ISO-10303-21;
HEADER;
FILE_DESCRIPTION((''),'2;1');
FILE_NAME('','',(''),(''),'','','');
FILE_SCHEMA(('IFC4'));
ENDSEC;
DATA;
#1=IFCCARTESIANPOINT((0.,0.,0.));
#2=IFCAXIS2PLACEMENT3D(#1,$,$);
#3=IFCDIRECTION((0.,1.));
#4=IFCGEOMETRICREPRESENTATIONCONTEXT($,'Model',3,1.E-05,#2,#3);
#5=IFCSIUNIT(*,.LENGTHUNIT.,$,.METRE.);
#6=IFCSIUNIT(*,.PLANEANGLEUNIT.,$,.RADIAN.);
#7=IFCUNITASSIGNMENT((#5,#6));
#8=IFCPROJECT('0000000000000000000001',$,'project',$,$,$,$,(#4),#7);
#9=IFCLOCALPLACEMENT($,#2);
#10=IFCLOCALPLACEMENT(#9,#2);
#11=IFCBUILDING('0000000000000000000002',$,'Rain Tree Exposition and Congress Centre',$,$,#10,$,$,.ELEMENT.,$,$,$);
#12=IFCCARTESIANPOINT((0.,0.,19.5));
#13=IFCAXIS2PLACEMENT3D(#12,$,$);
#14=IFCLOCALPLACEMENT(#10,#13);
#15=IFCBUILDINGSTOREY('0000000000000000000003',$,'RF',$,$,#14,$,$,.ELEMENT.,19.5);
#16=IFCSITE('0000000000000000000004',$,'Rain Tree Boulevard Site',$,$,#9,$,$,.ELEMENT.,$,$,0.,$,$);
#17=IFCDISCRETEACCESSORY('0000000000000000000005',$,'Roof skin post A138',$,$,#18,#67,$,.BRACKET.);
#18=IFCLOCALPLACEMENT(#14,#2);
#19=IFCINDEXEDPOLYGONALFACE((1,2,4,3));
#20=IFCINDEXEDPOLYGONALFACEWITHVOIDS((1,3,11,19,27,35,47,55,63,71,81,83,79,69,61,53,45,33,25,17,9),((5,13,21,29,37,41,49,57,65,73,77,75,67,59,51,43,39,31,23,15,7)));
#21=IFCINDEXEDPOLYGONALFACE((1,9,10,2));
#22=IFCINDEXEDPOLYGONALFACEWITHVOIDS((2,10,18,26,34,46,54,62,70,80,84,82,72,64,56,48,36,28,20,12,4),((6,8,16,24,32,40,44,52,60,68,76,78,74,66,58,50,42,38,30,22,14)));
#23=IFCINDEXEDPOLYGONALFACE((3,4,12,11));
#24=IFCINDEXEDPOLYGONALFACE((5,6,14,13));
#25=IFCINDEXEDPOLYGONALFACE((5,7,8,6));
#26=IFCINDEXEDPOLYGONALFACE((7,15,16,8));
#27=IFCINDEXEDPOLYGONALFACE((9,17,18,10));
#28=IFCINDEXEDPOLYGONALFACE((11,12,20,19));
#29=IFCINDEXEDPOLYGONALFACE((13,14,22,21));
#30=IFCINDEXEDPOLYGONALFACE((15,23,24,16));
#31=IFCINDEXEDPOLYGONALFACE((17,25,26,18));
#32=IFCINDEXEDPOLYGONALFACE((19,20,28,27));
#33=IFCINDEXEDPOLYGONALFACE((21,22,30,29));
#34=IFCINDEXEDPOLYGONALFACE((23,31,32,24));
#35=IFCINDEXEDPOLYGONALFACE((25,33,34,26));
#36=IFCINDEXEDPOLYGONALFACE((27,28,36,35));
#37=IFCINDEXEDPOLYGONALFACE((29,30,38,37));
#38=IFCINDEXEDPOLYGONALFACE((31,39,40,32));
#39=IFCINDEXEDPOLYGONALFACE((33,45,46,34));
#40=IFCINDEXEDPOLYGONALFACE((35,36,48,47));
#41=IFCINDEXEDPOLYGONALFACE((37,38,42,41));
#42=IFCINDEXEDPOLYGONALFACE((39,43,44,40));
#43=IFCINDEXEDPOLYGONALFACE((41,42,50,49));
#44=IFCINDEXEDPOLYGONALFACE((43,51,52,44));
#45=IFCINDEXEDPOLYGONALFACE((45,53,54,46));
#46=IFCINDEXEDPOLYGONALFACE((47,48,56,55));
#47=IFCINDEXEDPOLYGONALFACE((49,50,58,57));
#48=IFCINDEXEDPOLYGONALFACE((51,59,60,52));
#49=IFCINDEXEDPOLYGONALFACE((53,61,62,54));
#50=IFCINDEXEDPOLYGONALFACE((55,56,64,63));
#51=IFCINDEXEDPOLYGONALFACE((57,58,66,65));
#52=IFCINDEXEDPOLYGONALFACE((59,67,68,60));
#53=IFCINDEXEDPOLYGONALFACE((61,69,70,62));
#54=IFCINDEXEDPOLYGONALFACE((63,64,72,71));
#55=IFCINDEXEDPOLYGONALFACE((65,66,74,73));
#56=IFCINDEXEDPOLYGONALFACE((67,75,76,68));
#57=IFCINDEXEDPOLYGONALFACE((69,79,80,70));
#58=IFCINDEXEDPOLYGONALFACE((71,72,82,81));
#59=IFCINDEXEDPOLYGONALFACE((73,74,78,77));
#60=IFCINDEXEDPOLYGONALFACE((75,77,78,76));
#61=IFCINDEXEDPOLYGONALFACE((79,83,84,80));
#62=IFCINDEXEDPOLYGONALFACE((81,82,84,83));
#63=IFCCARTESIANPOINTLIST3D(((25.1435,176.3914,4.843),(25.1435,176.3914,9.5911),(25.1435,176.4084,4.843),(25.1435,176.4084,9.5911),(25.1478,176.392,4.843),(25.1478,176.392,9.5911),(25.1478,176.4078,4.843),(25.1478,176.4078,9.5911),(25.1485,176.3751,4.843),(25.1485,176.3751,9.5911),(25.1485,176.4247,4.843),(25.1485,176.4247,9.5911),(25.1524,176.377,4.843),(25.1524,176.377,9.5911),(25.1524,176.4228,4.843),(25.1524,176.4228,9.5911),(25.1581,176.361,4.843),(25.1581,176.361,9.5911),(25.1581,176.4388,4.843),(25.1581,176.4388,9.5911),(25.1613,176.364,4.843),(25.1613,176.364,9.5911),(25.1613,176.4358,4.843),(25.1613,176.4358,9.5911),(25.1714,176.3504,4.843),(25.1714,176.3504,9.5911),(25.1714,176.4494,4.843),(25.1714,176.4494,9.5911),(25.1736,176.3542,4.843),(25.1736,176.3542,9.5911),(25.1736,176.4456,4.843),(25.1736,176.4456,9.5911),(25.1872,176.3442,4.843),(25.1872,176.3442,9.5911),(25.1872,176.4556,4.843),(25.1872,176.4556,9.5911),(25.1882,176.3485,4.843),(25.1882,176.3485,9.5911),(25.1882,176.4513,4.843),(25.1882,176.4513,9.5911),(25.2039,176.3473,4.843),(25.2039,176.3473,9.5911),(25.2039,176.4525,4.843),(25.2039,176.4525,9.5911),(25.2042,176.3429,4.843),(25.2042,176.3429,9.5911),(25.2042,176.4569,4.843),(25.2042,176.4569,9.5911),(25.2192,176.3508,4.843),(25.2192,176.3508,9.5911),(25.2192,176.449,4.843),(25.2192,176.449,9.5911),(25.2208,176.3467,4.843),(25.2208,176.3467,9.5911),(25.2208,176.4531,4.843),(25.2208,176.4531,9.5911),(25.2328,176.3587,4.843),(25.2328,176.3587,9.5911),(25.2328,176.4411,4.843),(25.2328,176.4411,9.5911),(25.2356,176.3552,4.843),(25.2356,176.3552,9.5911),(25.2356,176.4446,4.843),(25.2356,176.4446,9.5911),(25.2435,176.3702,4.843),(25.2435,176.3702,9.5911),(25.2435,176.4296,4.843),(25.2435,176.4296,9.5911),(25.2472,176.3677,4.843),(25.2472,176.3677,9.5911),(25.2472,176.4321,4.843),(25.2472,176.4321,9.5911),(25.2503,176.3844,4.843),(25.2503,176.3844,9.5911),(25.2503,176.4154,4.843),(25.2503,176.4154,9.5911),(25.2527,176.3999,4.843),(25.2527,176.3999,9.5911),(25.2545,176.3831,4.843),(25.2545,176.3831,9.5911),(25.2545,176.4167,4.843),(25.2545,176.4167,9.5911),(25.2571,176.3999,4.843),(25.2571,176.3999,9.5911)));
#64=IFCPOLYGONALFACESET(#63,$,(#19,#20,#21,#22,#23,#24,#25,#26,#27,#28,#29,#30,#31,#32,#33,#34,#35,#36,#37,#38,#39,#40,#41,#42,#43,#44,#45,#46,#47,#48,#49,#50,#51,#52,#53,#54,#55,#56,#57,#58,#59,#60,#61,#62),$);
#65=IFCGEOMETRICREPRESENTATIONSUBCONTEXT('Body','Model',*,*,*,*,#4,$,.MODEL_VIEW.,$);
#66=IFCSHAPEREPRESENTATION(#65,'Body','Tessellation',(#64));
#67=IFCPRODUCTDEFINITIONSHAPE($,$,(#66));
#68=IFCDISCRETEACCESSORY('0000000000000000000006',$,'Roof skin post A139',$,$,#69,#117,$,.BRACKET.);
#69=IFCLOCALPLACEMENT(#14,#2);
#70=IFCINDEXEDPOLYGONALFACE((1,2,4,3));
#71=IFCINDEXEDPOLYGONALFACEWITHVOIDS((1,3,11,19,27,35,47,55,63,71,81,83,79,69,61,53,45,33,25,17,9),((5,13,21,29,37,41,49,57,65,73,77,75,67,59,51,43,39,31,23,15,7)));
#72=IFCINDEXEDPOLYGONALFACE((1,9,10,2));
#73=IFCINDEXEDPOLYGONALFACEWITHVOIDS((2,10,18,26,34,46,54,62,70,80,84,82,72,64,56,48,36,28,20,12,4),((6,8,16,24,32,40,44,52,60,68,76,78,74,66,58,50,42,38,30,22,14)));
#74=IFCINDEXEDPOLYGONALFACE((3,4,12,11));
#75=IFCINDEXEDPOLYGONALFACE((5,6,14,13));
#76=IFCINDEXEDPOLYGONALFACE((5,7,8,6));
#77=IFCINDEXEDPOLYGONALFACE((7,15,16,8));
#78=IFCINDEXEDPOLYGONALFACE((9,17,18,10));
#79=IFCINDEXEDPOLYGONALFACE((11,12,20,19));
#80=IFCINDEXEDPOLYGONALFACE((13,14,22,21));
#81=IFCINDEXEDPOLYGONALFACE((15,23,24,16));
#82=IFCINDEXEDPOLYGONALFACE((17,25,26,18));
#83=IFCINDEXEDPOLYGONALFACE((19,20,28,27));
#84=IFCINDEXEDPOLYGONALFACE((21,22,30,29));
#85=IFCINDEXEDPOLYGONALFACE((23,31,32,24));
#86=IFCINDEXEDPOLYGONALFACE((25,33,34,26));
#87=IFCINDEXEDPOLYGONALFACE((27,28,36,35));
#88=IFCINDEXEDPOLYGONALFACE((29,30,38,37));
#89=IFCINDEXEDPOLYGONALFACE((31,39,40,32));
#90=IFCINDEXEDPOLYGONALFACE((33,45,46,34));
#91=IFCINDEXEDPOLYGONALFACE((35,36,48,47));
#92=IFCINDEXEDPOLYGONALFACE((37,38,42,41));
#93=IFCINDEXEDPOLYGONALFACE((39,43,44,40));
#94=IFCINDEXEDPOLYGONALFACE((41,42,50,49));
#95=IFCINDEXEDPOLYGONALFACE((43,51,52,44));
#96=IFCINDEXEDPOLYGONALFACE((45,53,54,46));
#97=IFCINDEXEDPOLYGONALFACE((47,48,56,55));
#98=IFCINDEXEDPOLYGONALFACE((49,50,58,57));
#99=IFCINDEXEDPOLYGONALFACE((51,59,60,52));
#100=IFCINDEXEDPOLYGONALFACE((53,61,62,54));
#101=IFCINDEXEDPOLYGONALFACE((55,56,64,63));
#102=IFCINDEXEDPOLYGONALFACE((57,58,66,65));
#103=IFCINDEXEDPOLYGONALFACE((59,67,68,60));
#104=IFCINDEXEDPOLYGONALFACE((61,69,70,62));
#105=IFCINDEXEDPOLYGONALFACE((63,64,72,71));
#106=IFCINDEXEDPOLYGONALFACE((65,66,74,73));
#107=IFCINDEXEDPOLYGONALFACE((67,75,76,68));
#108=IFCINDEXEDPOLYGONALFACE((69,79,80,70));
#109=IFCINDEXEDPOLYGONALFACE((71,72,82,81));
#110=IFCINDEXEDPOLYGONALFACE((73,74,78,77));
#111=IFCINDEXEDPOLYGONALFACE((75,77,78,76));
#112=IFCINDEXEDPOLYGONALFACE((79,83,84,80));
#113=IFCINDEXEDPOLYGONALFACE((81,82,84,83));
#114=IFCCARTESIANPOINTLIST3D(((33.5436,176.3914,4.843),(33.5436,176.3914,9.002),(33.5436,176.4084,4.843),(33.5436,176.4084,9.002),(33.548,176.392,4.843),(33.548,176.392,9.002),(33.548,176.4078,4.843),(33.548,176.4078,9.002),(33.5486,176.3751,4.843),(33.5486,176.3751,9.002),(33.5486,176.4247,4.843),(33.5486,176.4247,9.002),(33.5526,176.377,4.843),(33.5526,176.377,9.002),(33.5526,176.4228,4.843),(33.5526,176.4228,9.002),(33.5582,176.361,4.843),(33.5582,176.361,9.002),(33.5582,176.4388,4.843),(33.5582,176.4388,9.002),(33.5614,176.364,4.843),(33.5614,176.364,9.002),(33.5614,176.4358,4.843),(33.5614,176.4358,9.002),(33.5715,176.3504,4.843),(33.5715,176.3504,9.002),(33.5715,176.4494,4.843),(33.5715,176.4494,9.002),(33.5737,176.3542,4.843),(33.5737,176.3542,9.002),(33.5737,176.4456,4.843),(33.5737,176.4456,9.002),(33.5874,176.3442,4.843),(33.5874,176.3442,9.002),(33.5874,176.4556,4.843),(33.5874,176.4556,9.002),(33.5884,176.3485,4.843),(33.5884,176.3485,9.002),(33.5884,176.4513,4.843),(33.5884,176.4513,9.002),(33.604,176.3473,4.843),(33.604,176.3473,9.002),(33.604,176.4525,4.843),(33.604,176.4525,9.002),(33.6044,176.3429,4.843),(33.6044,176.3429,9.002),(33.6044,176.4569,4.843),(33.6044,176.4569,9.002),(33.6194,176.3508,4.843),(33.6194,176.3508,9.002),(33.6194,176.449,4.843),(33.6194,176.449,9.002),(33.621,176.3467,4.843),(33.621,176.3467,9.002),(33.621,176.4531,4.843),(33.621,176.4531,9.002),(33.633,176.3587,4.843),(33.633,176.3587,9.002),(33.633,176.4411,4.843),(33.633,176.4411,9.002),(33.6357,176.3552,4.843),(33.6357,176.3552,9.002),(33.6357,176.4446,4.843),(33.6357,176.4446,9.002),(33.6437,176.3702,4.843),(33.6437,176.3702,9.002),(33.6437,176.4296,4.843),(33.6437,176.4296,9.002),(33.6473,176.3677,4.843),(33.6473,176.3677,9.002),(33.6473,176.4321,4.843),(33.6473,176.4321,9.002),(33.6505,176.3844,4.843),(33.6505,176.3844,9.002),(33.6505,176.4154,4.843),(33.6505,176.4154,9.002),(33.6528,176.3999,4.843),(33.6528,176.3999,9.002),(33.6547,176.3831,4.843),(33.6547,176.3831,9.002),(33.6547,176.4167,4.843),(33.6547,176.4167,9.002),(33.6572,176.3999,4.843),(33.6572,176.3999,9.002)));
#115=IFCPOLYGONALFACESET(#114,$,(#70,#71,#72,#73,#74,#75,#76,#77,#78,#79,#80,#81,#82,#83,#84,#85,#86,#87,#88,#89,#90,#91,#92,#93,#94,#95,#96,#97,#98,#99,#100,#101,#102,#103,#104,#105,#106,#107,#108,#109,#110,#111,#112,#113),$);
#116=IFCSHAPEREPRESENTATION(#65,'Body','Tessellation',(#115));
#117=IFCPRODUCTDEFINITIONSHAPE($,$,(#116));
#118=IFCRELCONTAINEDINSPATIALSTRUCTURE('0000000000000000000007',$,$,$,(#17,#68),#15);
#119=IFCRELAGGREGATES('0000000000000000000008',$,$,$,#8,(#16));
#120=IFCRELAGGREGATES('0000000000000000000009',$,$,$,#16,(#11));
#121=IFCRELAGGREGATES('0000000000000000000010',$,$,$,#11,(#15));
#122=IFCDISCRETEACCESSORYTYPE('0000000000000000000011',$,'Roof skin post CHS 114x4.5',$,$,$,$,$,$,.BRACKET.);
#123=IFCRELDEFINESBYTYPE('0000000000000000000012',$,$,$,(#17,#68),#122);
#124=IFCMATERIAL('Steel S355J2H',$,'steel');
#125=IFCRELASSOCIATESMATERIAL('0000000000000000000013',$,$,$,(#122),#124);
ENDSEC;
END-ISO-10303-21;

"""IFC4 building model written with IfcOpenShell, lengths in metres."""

from ifc_helpers import new_model, si_unit, direction, frame, origin, origin_2d, place, context, subcontext, project, spatial, hollow_circle, extrude, material, material_profile, profile_set, type_object, element, save


model = new_model("IFC4")

# Units and contexts
model_context = context("Model", 3, precision=1e-05, world=origin(), true_north=direction((0.0, 1.0)))
body_context = subcontext(model_context, "Body", "Model", "MODEL_VIEW")
ifc_project = project(units=[si_unit("LENGTHUNIT", "METRE"), si_unit("PLANEANGLEUNIT", "RADIAN")], contexts=[model_context])

# Site, building, storey
site_placement = place(None, origin())
site = spatial("IfcSite", under=ifc_project, at=site_placement, Name="Rain Tree Boulevard Site", CompositionType="ELEMENT", RefElevation=0.0)
building_placement = place(site_placement, origin())
building = spatial("IfcBuilding", under=site, at=building_placement, Name="Rain Tree Exposition and Congress Centre", CompositionType="ELEMENT")
storey_placement = place(building_placement, frame((0.0, 0.0, 19.5)))
storey = spatial("IfcBuildingStorey", under=building, at=storey_placement, Name="RF", CompositionType="ELEMENT", Elevation=19.5)

# Discrete accessories
ifc_material_1 = material(Name="Steel S355J2H", Category="steel")
ifc_material_profile_1 = material_profile(ifc_material_1, hollow_circle(Radius=0.0571, WallThickness=0.0044, at=origin_2d()), Name="CHS 114x4.5")
ifc_profile_set_1 = profile_set([ifc_material_profile_1], Name="Steel S355J2H")
discrete_accessory_type_1 = type_object("IfcDiscreteAccessoryType", Name="Roof skin post CHS 114x4.5", PredefinedType="BRACKET", material=ifc_profile_set_1)
discrete_accessory_1_placement = place(storey_placement, frame((25.2, 176.3999, 4.843), z_axis=(0.0, 0.0, 1.0), x_axis=(1.0, 0.0, 0.0)))
element("IfcDiscreteAccessory", 1, at=discrete_accessory_1_placement, inside=storey, type_object=discrete_accessory_type_1, Name="Roof skin post A138", PredefinedType="BRACKET", context=body_context, shape_type="SweptSolid", body=[
    extrude(hollow_circle(Radius=0.0571, WallThickness=0.0044, at=origin_2d()), origin(), (0.0, 0.0, 1.0), 4.748),
])
discrete_accessory_2_placement = place(storey_placement, frame((33.6001, 176.3999, 4.843), z_axis=(0.0, 0.0, 1.0), x_axis=(1.0, 0.0, 0.0)))
element("IfcDiscreteAccessory", 2, at=discrete_accessory_2_placement, inside=storey, type_object=discrete_accessory_type_1, Name="Roof skin post A139", PredefinedType="BRACKET", context=body_context, shape_type="SweptSolid", body=[
    extrude(hollow_circle(Radius=0.0571, WallThickness=0.0044, at=origin_2d()), origin(), (0.0, 0.0, 1.0), 4.1589),
])

save(model, "model.ifc")
